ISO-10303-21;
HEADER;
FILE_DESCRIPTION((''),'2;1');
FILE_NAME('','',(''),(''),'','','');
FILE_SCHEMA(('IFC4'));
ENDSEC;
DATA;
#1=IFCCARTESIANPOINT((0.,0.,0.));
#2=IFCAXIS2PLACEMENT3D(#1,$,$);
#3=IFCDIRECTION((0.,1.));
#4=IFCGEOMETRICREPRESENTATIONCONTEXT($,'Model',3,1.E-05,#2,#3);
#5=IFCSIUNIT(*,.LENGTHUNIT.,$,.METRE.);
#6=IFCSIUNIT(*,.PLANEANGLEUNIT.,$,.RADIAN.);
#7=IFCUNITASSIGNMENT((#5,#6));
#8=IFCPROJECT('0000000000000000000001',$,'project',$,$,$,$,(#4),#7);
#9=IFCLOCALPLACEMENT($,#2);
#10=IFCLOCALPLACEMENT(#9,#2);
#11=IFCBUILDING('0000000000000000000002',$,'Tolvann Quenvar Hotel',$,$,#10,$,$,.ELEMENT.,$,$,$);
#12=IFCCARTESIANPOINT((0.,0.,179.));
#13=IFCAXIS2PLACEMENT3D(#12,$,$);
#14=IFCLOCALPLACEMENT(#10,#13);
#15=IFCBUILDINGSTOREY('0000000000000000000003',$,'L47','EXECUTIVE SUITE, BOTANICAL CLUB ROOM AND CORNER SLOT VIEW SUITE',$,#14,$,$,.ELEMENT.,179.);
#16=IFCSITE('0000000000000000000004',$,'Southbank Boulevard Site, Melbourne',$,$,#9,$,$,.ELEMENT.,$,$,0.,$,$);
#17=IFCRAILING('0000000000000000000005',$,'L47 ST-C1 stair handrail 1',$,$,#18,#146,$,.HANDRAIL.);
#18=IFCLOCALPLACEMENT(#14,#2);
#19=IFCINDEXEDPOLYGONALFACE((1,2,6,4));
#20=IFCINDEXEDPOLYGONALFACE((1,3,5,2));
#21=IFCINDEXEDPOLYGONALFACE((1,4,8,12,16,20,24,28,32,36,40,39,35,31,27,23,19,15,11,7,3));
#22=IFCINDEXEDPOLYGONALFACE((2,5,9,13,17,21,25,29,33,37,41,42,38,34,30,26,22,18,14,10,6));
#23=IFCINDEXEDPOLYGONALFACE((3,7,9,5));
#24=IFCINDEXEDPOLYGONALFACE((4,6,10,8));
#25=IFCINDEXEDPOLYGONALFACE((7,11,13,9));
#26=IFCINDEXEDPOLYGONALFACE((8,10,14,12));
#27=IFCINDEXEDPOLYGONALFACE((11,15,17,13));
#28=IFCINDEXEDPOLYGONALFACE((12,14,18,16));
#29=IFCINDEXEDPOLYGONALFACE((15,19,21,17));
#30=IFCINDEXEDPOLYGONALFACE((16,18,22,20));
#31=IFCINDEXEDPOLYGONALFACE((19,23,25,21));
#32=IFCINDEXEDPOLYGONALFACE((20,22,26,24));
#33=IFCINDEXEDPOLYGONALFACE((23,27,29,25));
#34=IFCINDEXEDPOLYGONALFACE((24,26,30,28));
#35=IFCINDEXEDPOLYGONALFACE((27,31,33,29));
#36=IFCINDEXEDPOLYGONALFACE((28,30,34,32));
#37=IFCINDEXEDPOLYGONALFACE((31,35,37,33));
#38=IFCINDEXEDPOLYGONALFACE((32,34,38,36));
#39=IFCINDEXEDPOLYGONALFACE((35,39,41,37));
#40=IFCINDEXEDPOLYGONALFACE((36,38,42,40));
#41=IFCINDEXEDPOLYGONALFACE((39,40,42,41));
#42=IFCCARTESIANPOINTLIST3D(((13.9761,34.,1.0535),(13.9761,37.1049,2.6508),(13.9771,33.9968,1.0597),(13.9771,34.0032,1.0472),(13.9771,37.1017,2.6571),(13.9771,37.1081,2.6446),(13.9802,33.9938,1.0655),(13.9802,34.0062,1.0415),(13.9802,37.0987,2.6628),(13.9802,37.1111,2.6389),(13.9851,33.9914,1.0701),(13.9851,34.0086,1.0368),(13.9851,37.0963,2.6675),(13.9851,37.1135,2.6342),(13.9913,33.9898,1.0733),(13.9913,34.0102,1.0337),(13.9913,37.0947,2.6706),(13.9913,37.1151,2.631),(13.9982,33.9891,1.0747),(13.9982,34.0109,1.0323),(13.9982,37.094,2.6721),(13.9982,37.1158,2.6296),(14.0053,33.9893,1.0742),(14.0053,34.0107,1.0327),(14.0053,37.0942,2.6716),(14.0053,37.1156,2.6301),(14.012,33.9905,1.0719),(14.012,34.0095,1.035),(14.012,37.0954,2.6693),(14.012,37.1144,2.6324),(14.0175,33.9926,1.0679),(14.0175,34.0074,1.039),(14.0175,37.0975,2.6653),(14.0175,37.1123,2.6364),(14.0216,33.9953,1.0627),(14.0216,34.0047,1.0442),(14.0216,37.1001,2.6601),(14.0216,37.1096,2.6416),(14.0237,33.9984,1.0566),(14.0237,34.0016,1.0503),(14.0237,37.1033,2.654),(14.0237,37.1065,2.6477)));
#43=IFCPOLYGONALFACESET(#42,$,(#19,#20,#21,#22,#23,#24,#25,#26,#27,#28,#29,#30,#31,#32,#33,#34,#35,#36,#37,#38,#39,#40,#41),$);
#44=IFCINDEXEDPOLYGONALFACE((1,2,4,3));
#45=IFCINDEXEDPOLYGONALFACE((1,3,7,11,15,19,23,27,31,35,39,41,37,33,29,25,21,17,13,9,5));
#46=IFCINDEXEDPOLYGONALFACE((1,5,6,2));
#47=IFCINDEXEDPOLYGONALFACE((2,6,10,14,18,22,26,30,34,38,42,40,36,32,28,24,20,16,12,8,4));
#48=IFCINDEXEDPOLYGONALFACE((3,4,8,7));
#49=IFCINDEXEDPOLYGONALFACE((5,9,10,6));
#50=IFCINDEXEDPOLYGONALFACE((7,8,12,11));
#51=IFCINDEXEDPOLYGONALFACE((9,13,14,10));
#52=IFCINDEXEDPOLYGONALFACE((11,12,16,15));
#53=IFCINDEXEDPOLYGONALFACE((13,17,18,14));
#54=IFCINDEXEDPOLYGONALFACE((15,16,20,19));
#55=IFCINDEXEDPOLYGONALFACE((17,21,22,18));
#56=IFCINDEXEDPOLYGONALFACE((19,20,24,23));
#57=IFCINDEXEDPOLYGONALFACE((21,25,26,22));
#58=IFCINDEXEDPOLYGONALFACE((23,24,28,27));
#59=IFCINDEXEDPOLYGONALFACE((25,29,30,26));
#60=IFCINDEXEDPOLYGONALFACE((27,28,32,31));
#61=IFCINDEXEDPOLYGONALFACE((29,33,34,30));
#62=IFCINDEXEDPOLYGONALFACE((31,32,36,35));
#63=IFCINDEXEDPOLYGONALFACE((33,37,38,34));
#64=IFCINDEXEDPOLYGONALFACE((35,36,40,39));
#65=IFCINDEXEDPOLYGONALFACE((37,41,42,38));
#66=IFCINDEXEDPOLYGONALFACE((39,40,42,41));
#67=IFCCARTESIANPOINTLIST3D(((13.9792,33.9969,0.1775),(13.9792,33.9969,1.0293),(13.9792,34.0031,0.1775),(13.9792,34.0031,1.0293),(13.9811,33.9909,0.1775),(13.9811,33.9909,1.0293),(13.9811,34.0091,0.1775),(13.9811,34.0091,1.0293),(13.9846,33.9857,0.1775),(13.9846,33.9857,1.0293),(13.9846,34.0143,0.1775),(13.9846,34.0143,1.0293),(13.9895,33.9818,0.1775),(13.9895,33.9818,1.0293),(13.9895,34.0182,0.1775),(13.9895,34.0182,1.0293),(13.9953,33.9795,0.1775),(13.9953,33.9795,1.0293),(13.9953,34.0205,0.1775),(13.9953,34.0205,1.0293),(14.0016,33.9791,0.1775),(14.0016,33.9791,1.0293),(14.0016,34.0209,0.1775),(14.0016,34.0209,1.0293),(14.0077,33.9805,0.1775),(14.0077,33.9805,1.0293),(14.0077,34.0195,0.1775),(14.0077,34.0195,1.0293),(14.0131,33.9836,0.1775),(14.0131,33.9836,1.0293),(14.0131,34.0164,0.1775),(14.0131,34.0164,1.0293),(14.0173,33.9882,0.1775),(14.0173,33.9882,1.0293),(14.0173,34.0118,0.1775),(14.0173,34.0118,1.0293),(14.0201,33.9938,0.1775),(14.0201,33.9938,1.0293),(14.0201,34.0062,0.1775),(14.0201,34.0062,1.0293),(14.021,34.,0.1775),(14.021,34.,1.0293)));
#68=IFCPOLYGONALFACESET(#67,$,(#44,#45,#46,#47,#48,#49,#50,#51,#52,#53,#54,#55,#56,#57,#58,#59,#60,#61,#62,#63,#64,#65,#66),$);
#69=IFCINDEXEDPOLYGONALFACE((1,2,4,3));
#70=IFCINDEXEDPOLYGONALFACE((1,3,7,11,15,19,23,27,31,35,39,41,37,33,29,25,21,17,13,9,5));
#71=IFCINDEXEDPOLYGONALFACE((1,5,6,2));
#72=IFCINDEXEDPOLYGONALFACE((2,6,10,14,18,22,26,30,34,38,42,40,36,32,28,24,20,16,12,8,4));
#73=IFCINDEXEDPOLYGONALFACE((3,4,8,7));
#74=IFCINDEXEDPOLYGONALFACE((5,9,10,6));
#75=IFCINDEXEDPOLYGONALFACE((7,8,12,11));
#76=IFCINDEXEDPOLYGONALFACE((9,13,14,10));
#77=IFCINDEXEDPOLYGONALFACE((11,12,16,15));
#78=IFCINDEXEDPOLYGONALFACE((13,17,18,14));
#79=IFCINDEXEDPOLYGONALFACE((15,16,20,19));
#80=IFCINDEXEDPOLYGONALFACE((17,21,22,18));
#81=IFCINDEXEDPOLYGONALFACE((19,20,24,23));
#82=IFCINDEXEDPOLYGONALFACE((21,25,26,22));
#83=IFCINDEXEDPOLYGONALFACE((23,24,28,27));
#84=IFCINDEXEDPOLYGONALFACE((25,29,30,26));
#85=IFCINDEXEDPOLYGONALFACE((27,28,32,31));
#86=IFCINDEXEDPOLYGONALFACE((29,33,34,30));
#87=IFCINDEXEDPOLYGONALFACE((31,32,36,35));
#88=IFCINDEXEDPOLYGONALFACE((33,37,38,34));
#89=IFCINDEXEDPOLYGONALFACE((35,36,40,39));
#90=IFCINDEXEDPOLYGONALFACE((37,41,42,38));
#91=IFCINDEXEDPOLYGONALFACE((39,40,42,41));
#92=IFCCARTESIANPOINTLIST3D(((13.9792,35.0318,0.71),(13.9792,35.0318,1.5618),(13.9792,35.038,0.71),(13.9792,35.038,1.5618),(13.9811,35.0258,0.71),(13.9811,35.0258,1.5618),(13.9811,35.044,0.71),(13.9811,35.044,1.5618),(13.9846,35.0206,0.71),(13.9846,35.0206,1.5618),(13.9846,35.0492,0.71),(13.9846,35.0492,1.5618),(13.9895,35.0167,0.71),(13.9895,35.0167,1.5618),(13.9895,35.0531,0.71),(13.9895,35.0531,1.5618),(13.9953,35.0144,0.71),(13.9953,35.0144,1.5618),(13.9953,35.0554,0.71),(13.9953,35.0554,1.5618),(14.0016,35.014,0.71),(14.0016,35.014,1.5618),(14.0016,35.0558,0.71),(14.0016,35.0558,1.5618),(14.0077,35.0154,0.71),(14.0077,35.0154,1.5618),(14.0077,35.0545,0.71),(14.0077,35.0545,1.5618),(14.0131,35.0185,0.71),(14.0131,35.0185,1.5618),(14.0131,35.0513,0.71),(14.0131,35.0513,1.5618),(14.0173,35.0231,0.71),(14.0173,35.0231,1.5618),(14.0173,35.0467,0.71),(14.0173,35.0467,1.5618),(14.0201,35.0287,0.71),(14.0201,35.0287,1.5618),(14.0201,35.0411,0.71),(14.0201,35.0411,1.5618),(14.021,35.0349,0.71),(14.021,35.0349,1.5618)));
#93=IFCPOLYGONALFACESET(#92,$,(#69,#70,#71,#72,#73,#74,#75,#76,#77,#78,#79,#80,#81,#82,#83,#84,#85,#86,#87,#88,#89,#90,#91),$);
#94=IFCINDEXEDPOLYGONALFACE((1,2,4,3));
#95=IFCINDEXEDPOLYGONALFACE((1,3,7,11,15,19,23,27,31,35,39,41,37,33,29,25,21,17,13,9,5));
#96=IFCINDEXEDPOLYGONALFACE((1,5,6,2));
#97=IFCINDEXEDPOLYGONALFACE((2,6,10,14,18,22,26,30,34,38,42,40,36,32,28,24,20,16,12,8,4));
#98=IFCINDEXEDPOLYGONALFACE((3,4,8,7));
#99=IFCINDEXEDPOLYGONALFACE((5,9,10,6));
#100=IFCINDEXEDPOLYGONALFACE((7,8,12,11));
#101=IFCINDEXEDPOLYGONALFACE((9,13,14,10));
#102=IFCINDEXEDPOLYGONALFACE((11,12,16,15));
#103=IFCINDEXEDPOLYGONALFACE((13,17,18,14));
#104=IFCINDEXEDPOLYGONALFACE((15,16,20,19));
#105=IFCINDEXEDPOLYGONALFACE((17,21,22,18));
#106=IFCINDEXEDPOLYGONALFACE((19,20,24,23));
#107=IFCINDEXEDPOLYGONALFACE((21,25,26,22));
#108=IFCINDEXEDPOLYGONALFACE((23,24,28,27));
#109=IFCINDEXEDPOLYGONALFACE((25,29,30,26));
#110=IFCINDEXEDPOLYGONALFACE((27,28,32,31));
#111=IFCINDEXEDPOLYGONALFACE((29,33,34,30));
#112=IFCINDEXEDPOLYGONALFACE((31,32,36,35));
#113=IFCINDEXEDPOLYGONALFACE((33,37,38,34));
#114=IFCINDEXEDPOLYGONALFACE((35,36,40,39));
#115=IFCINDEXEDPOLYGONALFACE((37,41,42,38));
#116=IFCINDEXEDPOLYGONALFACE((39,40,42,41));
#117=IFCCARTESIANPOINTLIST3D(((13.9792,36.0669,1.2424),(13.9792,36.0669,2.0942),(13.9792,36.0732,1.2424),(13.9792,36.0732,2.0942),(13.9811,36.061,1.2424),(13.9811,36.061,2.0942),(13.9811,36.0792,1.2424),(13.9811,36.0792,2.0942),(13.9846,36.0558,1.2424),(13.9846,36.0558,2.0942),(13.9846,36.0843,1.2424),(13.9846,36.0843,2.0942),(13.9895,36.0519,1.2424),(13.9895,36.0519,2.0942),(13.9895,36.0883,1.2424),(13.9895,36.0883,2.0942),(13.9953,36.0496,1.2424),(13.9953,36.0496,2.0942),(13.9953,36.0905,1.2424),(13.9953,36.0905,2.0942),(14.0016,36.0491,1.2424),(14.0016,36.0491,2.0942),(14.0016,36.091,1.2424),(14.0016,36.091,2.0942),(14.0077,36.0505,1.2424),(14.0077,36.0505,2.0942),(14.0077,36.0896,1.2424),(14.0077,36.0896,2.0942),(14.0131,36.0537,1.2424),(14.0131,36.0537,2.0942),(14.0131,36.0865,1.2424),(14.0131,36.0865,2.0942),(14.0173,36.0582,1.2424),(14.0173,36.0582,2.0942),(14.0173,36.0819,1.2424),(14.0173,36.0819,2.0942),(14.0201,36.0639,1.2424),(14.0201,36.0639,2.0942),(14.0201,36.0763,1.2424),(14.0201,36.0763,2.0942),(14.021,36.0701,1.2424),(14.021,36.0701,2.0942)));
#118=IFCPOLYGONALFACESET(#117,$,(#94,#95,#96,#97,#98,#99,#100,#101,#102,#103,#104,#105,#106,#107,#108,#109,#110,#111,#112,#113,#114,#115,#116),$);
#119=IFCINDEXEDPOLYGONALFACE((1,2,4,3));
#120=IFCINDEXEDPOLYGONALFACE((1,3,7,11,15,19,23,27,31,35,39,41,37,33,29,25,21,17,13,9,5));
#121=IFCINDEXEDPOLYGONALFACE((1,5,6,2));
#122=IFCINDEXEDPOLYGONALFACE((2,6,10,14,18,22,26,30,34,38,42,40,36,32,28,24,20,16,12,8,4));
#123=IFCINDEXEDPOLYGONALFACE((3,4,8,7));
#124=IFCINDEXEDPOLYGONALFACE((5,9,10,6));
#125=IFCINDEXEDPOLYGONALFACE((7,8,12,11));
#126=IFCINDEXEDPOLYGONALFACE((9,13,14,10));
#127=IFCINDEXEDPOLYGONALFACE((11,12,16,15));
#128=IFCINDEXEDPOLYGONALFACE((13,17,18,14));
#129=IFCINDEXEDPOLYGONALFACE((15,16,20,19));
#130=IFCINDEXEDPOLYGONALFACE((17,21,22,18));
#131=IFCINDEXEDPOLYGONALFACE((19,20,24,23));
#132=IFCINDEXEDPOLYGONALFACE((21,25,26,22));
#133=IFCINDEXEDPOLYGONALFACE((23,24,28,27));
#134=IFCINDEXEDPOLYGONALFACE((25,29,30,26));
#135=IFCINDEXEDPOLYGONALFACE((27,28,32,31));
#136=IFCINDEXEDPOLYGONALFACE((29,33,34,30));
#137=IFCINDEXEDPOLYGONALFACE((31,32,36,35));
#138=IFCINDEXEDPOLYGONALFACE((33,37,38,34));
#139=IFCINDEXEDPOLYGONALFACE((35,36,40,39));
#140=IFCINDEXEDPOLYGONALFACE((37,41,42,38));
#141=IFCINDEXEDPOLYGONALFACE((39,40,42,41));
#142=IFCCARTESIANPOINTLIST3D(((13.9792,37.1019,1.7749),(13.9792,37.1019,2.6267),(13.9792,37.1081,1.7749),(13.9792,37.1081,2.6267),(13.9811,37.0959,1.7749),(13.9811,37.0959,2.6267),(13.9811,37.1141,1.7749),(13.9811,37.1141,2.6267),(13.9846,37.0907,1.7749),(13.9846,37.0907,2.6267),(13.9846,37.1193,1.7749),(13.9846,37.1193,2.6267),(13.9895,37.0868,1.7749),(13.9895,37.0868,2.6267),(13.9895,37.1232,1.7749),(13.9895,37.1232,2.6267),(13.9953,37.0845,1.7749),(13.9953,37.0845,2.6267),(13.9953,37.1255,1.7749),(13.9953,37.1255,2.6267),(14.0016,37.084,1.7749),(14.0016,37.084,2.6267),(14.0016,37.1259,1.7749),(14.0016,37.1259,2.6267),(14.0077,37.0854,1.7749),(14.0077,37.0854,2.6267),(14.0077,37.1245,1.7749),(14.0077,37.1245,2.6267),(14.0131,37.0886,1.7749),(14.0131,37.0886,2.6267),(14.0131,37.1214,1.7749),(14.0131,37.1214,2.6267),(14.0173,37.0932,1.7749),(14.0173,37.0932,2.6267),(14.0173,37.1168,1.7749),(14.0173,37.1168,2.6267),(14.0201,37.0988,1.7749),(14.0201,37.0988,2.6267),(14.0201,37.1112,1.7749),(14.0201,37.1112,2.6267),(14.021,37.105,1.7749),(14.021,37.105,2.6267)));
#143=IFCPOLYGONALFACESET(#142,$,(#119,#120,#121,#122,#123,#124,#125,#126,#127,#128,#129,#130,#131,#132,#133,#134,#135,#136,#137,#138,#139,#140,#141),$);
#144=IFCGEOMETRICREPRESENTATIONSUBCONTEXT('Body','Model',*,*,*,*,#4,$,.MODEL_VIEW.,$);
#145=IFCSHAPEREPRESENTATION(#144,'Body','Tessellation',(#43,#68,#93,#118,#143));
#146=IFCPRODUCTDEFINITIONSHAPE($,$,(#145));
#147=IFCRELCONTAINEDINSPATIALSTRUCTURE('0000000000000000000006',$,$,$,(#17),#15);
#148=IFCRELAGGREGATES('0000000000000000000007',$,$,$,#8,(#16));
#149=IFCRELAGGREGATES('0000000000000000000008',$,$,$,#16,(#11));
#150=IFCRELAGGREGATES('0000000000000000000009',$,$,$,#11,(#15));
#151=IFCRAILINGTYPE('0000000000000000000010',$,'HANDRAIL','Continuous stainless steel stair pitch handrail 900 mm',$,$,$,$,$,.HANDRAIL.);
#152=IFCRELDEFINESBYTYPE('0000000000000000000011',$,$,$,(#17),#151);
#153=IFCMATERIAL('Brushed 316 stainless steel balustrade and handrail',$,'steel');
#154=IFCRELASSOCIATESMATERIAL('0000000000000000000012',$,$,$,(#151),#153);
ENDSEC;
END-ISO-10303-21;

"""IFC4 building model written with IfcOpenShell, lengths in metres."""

from ifc_helpers import new_model, si_unit, direction, frame, origin, origin_2d, place, context, subcontext, project, spatial, circle, extrude, material, type_object, element, save


model = new_model("IFC4")

# Units and contexts
model_context = context("Model", 3, precision=1e-05, world=origin(), true_north=direction((0.0, 1.0)))
body_context = subcontext(model_context, "Body", "Model", "MODEL_VIEW")
ifc_project = project(units=[si_unit("LENGTHUNIT", "METRE"), si_unit("PLANEANGLEUNIT", "RADIAN")], contexts=[model_context])

# Site, building, storey
site_placement = place(None, origin())
site = spatial("IfcSite", under=ifc_project, at=site_placement, Name="Southbank Boulevard Site, Melbourne", CompositionType="ELEMENT", RefElevation=0.0)
building_placement = place(site_placement, origin())
building = spatial("IfcBuilding", under=site, at=building_placement, Name="Tolvann Quenvar Hotel", CompositionType="ELEMENT")
storey_placement = place(building_placement, frame((0.0, 0.0, 179.0)))
storey = spatial("IfcBuildingStorey", under=building, at=storey_placement, Name="L47", Description="EXECUTIVE SUITE, BOTANICAL CLUB ROOM AND CORNER SLOT VIEW SUITE", CompositionType="ELEMENT", Elevation=179.0)

# Railing
ifc_material_1 = material(Name="Brushed 316 stainless steel balustrade and handrail", Category="steel")
railing_type_1 = type_object("IfcRailingType", Name="HANDRAIL", Description="Continuous stainless steel stair pitch handrail 900 mm", PredefinedType="HANDRAIL", material=ifc_material_1)
railing_1_placement = place(storey_placement, frame((14.0, 34.0, 0.1775)))
element("IfcRailing", 1, at=railing_1_placement, inside=storey, type_object=railing_type_1, Name="L47 ST-C1 stair handrail 1", PredefinedType="HANDRAIL", context=body_context, shape_type="SweptSolid", body=[
    extrude(circle(Radius=0.0239, at=origin_2d()), frame((0.0, 0.0, 0.876), z_axis=(0.0, 0.889222, 0.457476), x_axis=(-1.0, 0.0, 0.0)), (0.0, 0.0, 1.0), 3.4917),
    extrude(circle(Radius=0.021, at=origin_2d()), origin(), (0.0, 0.0, 1.0), 0.8518),
    extrude(circle(Radius=0.021, at=origin_2d()), frame((0.0, 1.0349, 0.5325)), (0.0, 0.0, 1.0), 0.8518),
    extrude(circle(Radius=0.021, at=origin_2d()), frame((0.0, 2.0701, 1.0649)), (0.0, 0.0, 1.0), 0.8518),
    extrude(circle(Radius=0.021, at=origin_2d()), frame((0.0, 3.105, 1.5974)), (0.0, 0.0, 1.0), 0.8518),
])

save(model, "model.ifc")
